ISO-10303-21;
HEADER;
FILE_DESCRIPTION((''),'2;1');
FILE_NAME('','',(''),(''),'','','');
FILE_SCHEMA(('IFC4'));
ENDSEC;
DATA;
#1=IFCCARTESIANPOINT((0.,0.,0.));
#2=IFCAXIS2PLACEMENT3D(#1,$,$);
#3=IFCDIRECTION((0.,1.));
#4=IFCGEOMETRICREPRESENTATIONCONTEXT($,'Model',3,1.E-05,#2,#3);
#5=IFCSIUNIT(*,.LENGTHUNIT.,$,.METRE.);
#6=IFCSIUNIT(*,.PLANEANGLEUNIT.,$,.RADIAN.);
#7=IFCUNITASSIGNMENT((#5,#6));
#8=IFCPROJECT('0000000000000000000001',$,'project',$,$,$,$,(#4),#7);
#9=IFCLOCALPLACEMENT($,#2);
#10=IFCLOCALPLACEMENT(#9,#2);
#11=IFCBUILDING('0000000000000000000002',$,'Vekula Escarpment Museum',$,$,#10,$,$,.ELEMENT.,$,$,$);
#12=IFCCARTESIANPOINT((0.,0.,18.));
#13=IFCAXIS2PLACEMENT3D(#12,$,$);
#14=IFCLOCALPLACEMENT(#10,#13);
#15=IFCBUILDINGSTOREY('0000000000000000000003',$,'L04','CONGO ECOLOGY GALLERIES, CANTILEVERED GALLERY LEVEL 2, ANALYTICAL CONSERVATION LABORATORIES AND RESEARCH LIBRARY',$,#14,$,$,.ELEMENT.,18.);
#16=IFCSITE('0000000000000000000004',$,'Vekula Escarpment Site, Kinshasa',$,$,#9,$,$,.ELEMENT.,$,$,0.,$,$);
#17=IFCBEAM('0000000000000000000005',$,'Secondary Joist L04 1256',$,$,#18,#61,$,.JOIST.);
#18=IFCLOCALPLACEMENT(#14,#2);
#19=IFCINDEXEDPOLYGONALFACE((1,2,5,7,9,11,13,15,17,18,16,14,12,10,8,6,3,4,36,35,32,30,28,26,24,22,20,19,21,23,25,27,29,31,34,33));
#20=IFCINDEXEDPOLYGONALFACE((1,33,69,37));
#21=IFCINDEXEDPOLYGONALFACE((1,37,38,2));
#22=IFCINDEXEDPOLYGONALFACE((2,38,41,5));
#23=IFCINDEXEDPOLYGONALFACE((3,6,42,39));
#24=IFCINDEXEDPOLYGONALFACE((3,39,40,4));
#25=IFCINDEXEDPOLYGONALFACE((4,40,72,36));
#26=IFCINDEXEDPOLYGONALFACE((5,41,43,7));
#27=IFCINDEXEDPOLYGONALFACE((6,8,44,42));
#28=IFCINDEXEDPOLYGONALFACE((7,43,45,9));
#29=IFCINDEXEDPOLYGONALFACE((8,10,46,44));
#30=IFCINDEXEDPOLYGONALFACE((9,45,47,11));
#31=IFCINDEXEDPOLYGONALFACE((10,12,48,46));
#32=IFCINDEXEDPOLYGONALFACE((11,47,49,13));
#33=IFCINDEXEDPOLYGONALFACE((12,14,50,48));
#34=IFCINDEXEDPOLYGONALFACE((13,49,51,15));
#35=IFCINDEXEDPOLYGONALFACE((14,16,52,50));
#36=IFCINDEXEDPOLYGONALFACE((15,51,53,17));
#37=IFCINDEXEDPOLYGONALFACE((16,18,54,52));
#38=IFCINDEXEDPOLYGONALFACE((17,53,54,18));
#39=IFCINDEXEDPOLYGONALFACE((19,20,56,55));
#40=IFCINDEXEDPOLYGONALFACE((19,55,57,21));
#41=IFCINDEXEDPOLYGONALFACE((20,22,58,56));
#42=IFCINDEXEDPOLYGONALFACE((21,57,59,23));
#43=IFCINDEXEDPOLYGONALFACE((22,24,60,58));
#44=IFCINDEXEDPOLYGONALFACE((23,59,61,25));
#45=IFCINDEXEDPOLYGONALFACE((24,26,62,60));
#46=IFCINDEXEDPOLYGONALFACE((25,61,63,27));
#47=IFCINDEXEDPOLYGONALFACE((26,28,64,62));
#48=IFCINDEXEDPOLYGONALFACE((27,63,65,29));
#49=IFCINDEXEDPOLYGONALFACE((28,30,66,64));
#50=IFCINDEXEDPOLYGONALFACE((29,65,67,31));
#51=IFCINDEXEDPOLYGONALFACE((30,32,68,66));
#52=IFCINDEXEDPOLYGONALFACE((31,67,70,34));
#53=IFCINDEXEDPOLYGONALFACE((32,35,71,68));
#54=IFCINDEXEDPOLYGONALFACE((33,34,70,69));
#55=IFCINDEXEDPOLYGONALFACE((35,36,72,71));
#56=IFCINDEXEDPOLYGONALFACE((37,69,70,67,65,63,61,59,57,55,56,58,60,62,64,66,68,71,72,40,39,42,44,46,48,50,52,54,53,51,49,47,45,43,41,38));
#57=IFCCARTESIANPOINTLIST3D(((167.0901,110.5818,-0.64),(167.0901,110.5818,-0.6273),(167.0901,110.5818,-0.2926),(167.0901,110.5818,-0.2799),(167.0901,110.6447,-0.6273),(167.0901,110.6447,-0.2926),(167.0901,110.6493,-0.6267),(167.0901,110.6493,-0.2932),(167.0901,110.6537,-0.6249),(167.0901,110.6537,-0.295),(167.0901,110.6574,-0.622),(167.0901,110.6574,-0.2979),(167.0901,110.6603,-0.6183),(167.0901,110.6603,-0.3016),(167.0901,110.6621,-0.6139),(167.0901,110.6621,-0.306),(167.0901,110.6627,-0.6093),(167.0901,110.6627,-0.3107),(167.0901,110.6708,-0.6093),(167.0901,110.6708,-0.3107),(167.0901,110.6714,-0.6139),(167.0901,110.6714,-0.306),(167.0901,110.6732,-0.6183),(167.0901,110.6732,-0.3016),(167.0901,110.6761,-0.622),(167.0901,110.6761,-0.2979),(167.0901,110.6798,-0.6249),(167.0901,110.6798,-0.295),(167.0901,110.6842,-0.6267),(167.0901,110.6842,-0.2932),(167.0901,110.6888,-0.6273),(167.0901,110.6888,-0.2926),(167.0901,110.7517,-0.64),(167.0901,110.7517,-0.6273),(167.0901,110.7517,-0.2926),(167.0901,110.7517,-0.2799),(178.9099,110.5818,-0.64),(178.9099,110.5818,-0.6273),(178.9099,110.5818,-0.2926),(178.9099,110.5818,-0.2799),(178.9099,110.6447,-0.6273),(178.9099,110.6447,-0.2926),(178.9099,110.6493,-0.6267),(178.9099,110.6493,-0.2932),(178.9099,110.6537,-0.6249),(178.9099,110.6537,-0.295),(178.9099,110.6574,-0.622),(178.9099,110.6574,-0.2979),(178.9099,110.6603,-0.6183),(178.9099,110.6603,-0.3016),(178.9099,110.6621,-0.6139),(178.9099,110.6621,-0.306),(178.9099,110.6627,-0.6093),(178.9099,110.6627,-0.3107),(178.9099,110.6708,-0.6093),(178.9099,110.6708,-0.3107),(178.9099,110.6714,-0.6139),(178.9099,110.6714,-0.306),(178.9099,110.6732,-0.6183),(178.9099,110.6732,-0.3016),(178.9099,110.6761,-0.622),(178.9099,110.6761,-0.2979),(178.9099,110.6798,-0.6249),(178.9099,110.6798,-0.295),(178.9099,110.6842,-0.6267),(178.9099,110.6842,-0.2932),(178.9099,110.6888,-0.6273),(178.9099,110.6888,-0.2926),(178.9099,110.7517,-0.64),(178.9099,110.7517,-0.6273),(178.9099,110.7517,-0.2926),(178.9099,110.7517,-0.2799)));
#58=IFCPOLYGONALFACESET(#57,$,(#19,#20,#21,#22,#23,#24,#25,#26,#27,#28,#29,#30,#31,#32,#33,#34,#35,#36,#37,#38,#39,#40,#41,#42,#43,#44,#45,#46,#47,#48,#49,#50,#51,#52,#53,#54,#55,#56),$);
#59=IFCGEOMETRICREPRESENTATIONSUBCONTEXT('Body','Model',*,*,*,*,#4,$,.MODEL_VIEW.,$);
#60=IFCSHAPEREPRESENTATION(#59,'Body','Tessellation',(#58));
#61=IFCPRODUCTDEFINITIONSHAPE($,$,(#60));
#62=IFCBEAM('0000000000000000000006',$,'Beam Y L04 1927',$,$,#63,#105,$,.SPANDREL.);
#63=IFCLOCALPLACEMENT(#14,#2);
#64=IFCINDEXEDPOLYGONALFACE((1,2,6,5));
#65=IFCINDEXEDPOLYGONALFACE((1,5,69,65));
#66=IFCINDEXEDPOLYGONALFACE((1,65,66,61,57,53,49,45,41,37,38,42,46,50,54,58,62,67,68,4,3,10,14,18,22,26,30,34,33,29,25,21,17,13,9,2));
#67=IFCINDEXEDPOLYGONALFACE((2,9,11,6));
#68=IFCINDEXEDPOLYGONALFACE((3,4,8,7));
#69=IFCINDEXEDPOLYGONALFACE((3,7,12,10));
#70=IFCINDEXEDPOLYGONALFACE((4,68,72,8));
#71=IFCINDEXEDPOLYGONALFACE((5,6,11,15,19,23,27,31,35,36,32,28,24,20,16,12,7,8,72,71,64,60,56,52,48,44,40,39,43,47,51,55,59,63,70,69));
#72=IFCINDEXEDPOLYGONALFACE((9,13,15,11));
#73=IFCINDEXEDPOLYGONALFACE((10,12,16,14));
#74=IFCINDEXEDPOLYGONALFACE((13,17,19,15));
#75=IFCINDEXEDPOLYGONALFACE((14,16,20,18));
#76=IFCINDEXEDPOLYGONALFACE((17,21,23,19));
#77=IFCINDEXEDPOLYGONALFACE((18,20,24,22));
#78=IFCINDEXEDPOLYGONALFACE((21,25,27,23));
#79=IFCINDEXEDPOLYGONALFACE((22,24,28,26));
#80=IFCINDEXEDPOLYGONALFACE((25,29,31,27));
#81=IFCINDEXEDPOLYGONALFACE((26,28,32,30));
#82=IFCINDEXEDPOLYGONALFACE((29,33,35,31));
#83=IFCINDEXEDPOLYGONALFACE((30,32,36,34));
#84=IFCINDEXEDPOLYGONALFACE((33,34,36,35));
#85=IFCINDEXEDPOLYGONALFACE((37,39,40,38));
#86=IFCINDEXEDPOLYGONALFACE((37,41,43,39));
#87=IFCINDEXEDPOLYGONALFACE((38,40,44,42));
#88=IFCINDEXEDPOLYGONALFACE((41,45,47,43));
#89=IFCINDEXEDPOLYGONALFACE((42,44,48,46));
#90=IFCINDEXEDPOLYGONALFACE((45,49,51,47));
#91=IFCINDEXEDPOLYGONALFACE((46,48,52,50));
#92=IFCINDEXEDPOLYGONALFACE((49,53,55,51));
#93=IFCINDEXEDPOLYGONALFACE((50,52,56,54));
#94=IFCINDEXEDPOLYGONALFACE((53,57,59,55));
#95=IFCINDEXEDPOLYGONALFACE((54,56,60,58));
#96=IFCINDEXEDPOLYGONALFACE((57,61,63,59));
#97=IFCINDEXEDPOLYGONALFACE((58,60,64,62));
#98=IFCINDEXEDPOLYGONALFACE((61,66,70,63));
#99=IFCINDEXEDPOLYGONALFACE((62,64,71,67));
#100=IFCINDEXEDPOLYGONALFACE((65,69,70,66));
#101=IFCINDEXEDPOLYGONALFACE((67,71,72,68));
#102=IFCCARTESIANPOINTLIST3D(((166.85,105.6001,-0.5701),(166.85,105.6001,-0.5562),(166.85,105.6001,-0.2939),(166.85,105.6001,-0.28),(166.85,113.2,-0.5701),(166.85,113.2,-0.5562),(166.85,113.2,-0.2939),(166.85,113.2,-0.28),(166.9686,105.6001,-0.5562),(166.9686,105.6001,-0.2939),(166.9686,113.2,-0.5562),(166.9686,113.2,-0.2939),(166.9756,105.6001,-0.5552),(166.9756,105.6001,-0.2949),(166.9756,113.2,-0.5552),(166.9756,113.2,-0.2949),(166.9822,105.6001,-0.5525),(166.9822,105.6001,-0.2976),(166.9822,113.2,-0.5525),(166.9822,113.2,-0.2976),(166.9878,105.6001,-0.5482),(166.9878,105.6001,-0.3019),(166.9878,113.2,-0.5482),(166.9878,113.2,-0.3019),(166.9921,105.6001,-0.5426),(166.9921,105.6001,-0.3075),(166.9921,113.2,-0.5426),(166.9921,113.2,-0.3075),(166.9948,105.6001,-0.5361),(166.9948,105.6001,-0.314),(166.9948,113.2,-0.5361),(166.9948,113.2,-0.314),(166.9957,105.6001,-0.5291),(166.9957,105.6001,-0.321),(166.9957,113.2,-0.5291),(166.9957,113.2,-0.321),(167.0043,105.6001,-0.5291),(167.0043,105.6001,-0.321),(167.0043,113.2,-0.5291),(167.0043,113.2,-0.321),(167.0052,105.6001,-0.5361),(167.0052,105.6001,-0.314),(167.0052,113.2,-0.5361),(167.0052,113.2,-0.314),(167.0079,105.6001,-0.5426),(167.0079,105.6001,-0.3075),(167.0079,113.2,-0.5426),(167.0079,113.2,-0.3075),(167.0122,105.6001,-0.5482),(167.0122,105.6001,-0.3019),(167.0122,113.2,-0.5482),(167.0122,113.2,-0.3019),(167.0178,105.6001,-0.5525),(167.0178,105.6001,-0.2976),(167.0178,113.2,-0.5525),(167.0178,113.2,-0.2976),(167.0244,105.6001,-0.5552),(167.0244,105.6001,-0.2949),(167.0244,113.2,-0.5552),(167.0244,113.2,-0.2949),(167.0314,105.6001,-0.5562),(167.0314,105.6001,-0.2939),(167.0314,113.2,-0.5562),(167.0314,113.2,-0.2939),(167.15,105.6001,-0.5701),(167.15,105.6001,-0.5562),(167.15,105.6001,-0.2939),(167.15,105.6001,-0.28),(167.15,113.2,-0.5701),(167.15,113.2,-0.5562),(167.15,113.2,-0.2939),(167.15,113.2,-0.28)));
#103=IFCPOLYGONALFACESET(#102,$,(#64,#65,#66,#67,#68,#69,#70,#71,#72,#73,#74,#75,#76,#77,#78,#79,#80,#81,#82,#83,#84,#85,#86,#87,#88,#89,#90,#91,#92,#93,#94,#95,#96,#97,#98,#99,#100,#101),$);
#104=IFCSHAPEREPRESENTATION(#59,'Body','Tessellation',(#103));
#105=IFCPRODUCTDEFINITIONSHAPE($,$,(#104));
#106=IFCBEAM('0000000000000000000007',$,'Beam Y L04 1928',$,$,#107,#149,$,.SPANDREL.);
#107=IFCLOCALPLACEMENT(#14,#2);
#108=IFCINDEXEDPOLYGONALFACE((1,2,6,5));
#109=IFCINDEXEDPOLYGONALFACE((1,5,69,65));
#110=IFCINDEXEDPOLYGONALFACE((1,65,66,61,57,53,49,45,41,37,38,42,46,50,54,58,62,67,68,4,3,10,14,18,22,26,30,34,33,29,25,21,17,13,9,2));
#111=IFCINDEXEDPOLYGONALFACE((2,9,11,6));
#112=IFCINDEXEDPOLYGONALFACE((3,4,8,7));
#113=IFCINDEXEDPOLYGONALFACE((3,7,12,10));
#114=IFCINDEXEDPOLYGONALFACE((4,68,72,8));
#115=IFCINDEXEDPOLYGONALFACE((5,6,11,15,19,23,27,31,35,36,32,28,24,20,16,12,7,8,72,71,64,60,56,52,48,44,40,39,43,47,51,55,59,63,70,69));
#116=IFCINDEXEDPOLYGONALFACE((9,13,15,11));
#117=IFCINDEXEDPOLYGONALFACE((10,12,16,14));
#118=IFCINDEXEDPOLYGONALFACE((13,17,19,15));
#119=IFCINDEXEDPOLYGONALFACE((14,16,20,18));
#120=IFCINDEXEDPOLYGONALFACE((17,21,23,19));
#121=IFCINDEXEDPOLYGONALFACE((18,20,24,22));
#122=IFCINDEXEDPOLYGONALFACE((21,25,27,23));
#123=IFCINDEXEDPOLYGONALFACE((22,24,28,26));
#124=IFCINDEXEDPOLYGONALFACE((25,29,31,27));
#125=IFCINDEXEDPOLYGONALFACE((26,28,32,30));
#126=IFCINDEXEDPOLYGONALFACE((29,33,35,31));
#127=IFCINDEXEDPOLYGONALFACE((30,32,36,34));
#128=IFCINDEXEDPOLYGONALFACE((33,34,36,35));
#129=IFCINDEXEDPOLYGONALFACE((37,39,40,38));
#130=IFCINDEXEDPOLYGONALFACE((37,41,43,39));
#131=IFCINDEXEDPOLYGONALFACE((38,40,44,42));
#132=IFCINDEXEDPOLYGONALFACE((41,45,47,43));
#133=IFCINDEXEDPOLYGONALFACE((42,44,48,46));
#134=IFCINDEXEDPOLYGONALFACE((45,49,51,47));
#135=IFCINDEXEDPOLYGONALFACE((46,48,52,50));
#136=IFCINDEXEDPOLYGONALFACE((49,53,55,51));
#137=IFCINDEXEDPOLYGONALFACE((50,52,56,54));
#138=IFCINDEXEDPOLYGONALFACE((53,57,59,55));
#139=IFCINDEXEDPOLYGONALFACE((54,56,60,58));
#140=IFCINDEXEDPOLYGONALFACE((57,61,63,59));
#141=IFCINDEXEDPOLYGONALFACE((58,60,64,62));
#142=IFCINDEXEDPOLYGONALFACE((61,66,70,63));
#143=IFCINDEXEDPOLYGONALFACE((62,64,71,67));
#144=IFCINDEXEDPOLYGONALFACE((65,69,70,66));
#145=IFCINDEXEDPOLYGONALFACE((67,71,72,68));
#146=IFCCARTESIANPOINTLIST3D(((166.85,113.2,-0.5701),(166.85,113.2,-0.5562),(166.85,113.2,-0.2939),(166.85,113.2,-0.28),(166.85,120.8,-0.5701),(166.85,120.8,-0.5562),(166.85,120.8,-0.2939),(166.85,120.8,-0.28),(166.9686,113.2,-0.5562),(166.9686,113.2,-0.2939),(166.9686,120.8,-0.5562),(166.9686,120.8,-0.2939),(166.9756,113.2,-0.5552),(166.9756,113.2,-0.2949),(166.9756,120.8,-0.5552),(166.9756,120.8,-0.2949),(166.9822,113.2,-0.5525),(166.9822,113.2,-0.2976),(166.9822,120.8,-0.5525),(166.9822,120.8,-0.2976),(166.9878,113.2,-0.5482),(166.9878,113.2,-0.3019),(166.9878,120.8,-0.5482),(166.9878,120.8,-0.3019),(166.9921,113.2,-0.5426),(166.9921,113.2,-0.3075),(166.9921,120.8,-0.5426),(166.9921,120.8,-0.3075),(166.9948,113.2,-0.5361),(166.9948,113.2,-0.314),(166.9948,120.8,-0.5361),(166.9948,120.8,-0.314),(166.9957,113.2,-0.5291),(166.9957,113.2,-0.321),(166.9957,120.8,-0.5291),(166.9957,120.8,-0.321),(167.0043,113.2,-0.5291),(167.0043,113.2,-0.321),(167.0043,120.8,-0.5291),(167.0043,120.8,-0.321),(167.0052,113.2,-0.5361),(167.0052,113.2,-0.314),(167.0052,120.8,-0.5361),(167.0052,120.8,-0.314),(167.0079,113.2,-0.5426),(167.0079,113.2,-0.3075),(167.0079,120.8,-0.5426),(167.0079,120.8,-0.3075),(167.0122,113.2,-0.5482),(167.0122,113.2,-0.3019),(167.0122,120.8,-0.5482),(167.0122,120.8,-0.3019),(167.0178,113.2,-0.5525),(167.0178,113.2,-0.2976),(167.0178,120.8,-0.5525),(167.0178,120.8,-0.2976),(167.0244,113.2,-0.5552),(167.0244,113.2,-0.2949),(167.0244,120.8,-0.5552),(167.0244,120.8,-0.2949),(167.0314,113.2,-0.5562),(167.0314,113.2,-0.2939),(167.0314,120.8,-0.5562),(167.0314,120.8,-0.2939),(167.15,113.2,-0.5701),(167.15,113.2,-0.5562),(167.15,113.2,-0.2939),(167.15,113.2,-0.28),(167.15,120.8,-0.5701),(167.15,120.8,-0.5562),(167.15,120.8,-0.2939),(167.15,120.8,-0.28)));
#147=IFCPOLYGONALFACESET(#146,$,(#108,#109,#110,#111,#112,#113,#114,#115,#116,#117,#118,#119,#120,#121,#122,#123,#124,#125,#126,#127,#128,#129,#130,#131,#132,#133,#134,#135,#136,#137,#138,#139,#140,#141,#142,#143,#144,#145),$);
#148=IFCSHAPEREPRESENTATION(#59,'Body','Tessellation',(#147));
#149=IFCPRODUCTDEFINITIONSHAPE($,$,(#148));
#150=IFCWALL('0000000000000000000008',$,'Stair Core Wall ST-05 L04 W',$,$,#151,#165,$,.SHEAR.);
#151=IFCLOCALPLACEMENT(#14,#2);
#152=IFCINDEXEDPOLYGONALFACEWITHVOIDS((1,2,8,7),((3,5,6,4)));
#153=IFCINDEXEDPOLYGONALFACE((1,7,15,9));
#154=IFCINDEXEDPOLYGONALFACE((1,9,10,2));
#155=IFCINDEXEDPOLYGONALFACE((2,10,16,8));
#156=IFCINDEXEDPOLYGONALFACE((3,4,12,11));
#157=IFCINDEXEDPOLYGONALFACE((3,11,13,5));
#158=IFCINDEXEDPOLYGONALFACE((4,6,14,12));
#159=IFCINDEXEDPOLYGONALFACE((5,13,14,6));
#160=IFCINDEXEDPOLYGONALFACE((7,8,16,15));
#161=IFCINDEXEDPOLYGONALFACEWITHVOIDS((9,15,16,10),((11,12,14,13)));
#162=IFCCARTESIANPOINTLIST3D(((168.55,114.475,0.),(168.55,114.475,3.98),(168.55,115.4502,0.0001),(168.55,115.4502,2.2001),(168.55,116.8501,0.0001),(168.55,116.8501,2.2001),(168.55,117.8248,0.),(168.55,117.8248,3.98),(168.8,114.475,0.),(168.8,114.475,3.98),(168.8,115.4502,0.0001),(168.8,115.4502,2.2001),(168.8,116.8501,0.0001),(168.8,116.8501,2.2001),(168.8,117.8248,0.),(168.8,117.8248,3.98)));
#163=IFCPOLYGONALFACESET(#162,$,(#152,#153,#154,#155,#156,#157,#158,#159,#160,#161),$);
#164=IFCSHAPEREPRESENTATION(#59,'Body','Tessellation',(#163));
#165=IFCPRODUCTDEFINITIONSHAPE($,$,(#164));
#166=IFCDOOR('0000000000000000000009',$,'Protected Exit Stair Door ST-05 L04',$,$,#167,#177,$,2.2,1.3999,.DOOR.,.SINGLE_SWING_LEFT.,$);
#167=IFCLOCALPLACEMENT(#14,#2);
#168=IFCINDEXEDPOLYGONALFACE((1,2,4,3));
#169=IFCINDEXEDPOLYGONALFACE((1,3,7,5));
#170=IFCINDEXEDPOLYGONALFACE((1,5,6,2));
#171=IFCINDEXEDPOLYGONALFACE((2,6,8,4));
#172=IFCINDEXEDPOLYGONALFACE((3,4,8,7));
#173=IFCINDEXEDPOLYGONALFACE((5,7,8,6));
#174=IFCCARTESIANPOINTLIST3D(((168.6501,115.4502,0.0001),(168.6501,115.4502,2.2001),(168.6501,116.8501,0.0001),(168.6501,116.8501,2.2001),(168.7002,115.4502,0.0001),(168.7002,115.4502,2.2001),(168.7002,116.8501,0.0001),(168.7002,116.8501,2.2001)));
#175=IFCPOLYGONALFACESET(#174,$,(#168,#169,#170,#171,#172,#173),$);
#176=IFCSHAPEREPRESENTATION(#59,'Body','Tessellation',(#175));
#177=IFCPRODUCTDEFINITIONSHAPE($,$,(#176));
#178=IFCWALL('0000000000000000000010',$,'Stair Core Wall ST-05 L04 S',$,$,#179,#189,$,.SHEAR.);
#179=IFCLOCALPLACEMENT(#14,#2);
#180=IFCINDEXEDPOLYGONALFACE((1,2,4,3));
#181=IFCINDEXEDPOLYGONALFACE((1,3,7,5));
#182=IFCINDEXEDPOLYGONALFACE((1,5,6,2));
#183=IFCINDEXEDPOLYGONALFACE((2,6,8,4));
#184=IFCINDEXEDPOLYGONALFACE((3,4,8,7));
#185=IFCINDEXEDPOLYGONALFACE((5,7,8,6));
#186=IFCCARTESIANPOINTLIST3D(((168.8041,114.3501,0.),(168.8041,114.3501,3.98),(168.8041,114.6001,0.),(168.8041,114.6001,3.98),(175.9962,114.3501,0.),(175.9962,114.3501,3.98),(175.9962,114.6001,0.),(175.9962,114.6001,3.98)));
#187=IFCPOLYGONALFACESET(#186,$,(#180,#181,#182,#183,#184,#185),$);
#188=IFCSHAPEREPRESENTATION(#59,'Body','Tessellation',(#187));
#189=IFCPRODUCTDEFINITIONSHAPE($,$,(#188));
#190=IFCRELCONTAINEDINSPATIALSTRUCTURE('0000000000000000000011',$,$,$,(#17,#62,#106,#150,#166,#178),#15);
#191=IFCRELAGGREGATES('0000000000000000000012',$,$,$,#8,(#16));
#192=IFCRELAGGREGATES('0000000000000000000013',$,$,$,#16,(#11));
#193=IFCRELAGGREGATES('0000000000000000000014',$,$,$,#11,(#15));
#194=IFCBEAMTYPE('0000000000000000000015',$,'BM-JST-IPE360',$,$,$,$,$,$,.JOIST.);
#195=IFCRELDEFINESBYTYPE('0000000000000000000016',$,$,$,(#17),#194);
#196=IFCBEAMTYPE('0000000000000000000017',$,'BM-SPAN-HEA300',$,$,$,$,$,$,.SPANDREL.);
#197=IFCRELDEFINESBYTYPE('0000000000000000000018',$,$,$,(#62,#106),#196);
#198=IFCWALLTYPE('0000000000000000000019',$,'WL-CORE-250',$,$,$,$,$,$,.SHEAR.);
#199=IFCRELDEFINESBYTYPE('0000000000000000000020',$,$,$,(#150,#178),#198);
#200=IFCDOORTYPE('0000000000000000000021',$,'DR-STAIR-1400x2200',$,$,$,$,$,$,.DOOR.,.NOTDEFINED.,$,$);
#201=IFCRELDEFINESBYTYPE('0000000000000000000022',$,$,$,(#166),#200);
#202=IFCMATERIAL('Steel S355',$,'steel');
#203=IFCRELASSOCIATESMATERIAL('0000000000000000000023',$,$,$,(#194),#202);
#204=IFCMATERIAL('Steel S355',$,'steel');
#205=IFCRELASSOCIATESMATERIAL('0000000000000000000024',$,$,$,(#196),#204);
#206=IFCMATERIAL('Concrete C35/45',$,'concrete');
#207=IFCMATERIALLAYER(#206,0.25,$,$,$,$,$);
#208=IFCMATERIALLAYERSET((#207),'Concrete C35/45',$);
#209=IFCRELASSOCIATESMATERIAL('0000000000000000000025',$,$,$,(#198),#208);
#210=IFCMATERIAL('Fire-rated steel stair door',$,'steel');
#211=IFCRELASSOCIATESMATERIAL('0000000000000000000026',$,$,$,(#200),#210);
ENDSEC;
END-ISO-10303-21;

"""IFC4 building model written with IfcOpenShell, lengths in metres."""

from ifc_helpers import new_model, si_unit, direction, frame, frame_2d, origin, origin_2d, place, context, subcontext, project, spatial, rectangle, i_section, extrude, material, layer, layer_set, material_profile, profile_set, type_object, element, fill, save


model = new_model("IFC4")

# Units and contexts
model_context = context("Model", 3, precision=1e-05, world=origin(), true_north=direction((0.0, 1.0)))
body_context = subcontext(model_context, "Body", "Model", "MODEL_VIEW")
ifc_project = project(units=[si_unit("LENGTHUNIT", "METRE"), si_unit("PLANEANGLEUNIT", "RADIAN")], contexts=[model_context])

# Site, building, storey
site_placement = place(None, origin())
site = spatial("IfcSite", under=ifc_project, at=site_placement, Name="Vekula Escarpment Site, Kinshasa", CompositionType="ELEMENT", RefElevation=0.0)
building_placement = place(site_placement, origin())
building = spatial("IfcBuilding", under=site, at=building_placement, Name="Vekula Escarpment Museum", CompositionType="ELEMENT")
storey_placement = place(building_placement, frame((0.0, 0.0, 18.0)))
storey = spatial("IfcBuildingStorey", under=building, at=storey_placement, Name="L04", Description="CONGO ECOLOGY GALLERIES, CANTILEVERED GALLERY LEVEL 2, ANALYTICAL CONSERVATION LABORATORIES AND RESEARCH LIBRARY", CompositionType="ELEMENT", Elevation=18.0)

# Beams
ifc_material_1 = material(Name="Steel S355", Category="steel")
ifc_material_profile_1 = material_profile(ifc_material_1, i_section(OverallWidth=0.1699, OverallDepth=0.3601, WebThickness=0.0081, FlangeThickness=0.0127, FilletRadius=0.0181, at=origin_2d()), Name="IPE 360")
ifc_profile_set_1 = profile_set([ifc_material_profile_1], Name="Steel S355")
beam_type_1 = type_object("IfcBeamType", Name="BM-JST-IPE360", PredefinedType="JOIST", material=ifc_profile_set_1)
for number, where, z_axis, x_axis, name in (
    (1, (167.0901, 110.6667, -0.46), (1.0, 0.0, 0.0), (0.0, 1.0, 0.0), "Secondary Joist L04 1256"),
):
    element("IfcBeam", number, at=place(storey_placement, frame(where, z_axis=z_axis, x_axis=x_axis)), inside=storey, type_object=beam_type_1, Name=name, PredefinedType="JOIST", context=body_context, shape_type="SweptSolid", body=[
        extrude(i_section(OverallWidth=0.1699, OverallDepth=0.3601, WebThickness=0.0081, FlangeThickness=0.0127, FilletRadius=0.0181, at=origin_2d()), origin(), (0.0, 0.0, 1.0), 11.8198),
    ])
ifc_material_2 = material(Name="Steel S355", Category="steel")
ifc_material_profile_2 = material_profile(ifc_material_2, i_section(OverallWidth=0.3, OverallDepth=0.29, WebThickness=0.0085, FlangeThickness=0.0139, FilletRadius=0.0271, at=origin_2d()), Name="HEA 300")
ifc_profile_set_2 = profile_set([ifc_material_profile_2], Name="Steel S355")
beam_type_2 = type_object("IfcBeamType", Name="BM-SPAN-HEA300", PredefinedType="SPANDREL", material=ifc_profile_set_2)
beam_1_placement = place(storey_placement, frame((167.0, 105.6001, -0.425), z_axis=(0.0, 1.0, 0.0), x_axis=(-1.0, 0.0, 0.0)))
element("IfcBeam", 2, at=beam_1_placement, inside=storey, type_object=beam_type_2, Name="Beam Y L04 1927", PredefinedType="SPANDREL", context=body_context, shape_type="SweptSolid", body=[
    extrude(i_section(OverallWidth=0.3, OverallDepth=0.29, WebThickness=0.0085, FlangeThickness=0.0139, FilletRadius=0.0271, at=origin_2d()), origin(), (0.0, 0.0, 1.0), 7.5999),
])
beam_2_placement = place(storey_placement, frame((167.0, 113.2, -0.425), z_axis=(0.0, 1.0, 0.0), x_axis=(-1.0, 0.0, 0.0)))
element("IfcBeam", 3, at=beam_2_placement, inside=storey, type_object=beam_type_2, Name="Beam Y L04 1928", PredefinedType="SPANDREL", context=body_context, shape_type="SweptSolid", body=[
    extrude(i_section(OverallWidth=0.3, OverallDepth=0.29, WebThickness=0.0085, FlangeThickness=0.0139, FilletRadius=0.0271, at=origin_2d()), origin(), (0.0, 0.0, 1.0), 7.6001),
])

# Wall, opening, door
ifc_material_3 = material(Name="Concrete C35/45", Category="concrete")
ifc_layer_1 = layer(ifc_material_3, 0.25)
ifc_layer_set_1 = layer_set([ifc_layer_1], Name="Concrete C35/45")
wall_type_1 = type_object("IfcWallType", Name="WL-CORE-250", PredefinedType="SHEAR", material=ifc_layer_set_1)
wall_1_placement = place(storey_placement, frame((168.675, 114.4751, 0.0), z_axis=(0.0, 0.0, 1.0), x_axis=(0.0, 1.0, 0.0)))
wall_1 = element("IfcWall", 4, at=wall_1_placement, inside=storey, type_object=wall_type_1, Name="Stair Core Wall ST-05 L04 W", PredefinedType="SHEAR", context=body_context, shape_type="SweptSolid", body=[
    extrude(rectangle(XDim=3.3499, YDim=0.25, at=frame_2d((1.6748, 0.0))), origin(), (0.0, 0.0, 1.0), 3.98),
])
opening_1_placement = place(wall_1_placement, frame((0.9751, 0.0, 0.0)))
opening_1 = element("IfcOpeningElement", 5, at=opening_1_placement, cuts=wall_1, PredefinedType="OPENING", context=body_context, shape_type="SweptSolid", body=[
    extrude(rectangle(XDim=1.3999, YDim=2.2, at=frame_2d((0.7, 1.1001))), frame((0.0, 0.135, 0.0), z_axis=(0.0, -1.0, 0.0), x_axis=(1.0, 0.0, 0.0)), (0.0, 0.0, 1.0), 0.27),
])
ifc_material_4 = material(Name="Fire-rated steel stair door", Category="steel")
door_type = type_object("IfcDoorType", Name="DR-STAIR-1400x2200", OperationType="NOTDEFINED", PredefinedType="DOOR", material=ifc_material_4)
door_placement = place(opening_1_placement, origin())
door = element("IfcDoor", 6, at=door_placement, inside=storey, type_object=door_type, Name="Protected Exit Stair Door ST-05 L04", OperationType="SINGLE_SWING_LEFT", OverallHeight=2.2, OverallWidth=1.3999, PredefinedType="DOOR", context=body_context, shape_type="SweptSolid", body=[
    extrude(rectangle(XDim=1.3999, YDim=2.2, at=frame_2d((0.7, 1.1001))), frame((0.0, 0.0249, 0.0), z_axis=(0.0, -1.0, 0.0), x_axis=(1.0, 0.0, 0.0)), (0.0, 0.0, 1.0), 0.05),
])
fill(opening_1, door)

# Wall
wall_2_placement = place(storey_placement, frame((168.804, 114.4751, 0.0), z_axis=(0.0, 0.0, 1.0), x_axis=(1.0, 0.0, 0.0)))
element("IfcWall", 7, at=wall_2_placement, inside=storey, type_object=wall_type_1, Name="Stair Core Wall ST-05 L04 S", PredefinedType="SHEAR", context=body_context, shape_type="SweptSolid", body=[
    extrude(rectangle(XDim=7.1921, YDim=0.25, at=frame_2d((3.5962, 0.0))), origin(), (0.0, 0.0, 1.0), 3.98),
])

save(model, "model.ifc")
